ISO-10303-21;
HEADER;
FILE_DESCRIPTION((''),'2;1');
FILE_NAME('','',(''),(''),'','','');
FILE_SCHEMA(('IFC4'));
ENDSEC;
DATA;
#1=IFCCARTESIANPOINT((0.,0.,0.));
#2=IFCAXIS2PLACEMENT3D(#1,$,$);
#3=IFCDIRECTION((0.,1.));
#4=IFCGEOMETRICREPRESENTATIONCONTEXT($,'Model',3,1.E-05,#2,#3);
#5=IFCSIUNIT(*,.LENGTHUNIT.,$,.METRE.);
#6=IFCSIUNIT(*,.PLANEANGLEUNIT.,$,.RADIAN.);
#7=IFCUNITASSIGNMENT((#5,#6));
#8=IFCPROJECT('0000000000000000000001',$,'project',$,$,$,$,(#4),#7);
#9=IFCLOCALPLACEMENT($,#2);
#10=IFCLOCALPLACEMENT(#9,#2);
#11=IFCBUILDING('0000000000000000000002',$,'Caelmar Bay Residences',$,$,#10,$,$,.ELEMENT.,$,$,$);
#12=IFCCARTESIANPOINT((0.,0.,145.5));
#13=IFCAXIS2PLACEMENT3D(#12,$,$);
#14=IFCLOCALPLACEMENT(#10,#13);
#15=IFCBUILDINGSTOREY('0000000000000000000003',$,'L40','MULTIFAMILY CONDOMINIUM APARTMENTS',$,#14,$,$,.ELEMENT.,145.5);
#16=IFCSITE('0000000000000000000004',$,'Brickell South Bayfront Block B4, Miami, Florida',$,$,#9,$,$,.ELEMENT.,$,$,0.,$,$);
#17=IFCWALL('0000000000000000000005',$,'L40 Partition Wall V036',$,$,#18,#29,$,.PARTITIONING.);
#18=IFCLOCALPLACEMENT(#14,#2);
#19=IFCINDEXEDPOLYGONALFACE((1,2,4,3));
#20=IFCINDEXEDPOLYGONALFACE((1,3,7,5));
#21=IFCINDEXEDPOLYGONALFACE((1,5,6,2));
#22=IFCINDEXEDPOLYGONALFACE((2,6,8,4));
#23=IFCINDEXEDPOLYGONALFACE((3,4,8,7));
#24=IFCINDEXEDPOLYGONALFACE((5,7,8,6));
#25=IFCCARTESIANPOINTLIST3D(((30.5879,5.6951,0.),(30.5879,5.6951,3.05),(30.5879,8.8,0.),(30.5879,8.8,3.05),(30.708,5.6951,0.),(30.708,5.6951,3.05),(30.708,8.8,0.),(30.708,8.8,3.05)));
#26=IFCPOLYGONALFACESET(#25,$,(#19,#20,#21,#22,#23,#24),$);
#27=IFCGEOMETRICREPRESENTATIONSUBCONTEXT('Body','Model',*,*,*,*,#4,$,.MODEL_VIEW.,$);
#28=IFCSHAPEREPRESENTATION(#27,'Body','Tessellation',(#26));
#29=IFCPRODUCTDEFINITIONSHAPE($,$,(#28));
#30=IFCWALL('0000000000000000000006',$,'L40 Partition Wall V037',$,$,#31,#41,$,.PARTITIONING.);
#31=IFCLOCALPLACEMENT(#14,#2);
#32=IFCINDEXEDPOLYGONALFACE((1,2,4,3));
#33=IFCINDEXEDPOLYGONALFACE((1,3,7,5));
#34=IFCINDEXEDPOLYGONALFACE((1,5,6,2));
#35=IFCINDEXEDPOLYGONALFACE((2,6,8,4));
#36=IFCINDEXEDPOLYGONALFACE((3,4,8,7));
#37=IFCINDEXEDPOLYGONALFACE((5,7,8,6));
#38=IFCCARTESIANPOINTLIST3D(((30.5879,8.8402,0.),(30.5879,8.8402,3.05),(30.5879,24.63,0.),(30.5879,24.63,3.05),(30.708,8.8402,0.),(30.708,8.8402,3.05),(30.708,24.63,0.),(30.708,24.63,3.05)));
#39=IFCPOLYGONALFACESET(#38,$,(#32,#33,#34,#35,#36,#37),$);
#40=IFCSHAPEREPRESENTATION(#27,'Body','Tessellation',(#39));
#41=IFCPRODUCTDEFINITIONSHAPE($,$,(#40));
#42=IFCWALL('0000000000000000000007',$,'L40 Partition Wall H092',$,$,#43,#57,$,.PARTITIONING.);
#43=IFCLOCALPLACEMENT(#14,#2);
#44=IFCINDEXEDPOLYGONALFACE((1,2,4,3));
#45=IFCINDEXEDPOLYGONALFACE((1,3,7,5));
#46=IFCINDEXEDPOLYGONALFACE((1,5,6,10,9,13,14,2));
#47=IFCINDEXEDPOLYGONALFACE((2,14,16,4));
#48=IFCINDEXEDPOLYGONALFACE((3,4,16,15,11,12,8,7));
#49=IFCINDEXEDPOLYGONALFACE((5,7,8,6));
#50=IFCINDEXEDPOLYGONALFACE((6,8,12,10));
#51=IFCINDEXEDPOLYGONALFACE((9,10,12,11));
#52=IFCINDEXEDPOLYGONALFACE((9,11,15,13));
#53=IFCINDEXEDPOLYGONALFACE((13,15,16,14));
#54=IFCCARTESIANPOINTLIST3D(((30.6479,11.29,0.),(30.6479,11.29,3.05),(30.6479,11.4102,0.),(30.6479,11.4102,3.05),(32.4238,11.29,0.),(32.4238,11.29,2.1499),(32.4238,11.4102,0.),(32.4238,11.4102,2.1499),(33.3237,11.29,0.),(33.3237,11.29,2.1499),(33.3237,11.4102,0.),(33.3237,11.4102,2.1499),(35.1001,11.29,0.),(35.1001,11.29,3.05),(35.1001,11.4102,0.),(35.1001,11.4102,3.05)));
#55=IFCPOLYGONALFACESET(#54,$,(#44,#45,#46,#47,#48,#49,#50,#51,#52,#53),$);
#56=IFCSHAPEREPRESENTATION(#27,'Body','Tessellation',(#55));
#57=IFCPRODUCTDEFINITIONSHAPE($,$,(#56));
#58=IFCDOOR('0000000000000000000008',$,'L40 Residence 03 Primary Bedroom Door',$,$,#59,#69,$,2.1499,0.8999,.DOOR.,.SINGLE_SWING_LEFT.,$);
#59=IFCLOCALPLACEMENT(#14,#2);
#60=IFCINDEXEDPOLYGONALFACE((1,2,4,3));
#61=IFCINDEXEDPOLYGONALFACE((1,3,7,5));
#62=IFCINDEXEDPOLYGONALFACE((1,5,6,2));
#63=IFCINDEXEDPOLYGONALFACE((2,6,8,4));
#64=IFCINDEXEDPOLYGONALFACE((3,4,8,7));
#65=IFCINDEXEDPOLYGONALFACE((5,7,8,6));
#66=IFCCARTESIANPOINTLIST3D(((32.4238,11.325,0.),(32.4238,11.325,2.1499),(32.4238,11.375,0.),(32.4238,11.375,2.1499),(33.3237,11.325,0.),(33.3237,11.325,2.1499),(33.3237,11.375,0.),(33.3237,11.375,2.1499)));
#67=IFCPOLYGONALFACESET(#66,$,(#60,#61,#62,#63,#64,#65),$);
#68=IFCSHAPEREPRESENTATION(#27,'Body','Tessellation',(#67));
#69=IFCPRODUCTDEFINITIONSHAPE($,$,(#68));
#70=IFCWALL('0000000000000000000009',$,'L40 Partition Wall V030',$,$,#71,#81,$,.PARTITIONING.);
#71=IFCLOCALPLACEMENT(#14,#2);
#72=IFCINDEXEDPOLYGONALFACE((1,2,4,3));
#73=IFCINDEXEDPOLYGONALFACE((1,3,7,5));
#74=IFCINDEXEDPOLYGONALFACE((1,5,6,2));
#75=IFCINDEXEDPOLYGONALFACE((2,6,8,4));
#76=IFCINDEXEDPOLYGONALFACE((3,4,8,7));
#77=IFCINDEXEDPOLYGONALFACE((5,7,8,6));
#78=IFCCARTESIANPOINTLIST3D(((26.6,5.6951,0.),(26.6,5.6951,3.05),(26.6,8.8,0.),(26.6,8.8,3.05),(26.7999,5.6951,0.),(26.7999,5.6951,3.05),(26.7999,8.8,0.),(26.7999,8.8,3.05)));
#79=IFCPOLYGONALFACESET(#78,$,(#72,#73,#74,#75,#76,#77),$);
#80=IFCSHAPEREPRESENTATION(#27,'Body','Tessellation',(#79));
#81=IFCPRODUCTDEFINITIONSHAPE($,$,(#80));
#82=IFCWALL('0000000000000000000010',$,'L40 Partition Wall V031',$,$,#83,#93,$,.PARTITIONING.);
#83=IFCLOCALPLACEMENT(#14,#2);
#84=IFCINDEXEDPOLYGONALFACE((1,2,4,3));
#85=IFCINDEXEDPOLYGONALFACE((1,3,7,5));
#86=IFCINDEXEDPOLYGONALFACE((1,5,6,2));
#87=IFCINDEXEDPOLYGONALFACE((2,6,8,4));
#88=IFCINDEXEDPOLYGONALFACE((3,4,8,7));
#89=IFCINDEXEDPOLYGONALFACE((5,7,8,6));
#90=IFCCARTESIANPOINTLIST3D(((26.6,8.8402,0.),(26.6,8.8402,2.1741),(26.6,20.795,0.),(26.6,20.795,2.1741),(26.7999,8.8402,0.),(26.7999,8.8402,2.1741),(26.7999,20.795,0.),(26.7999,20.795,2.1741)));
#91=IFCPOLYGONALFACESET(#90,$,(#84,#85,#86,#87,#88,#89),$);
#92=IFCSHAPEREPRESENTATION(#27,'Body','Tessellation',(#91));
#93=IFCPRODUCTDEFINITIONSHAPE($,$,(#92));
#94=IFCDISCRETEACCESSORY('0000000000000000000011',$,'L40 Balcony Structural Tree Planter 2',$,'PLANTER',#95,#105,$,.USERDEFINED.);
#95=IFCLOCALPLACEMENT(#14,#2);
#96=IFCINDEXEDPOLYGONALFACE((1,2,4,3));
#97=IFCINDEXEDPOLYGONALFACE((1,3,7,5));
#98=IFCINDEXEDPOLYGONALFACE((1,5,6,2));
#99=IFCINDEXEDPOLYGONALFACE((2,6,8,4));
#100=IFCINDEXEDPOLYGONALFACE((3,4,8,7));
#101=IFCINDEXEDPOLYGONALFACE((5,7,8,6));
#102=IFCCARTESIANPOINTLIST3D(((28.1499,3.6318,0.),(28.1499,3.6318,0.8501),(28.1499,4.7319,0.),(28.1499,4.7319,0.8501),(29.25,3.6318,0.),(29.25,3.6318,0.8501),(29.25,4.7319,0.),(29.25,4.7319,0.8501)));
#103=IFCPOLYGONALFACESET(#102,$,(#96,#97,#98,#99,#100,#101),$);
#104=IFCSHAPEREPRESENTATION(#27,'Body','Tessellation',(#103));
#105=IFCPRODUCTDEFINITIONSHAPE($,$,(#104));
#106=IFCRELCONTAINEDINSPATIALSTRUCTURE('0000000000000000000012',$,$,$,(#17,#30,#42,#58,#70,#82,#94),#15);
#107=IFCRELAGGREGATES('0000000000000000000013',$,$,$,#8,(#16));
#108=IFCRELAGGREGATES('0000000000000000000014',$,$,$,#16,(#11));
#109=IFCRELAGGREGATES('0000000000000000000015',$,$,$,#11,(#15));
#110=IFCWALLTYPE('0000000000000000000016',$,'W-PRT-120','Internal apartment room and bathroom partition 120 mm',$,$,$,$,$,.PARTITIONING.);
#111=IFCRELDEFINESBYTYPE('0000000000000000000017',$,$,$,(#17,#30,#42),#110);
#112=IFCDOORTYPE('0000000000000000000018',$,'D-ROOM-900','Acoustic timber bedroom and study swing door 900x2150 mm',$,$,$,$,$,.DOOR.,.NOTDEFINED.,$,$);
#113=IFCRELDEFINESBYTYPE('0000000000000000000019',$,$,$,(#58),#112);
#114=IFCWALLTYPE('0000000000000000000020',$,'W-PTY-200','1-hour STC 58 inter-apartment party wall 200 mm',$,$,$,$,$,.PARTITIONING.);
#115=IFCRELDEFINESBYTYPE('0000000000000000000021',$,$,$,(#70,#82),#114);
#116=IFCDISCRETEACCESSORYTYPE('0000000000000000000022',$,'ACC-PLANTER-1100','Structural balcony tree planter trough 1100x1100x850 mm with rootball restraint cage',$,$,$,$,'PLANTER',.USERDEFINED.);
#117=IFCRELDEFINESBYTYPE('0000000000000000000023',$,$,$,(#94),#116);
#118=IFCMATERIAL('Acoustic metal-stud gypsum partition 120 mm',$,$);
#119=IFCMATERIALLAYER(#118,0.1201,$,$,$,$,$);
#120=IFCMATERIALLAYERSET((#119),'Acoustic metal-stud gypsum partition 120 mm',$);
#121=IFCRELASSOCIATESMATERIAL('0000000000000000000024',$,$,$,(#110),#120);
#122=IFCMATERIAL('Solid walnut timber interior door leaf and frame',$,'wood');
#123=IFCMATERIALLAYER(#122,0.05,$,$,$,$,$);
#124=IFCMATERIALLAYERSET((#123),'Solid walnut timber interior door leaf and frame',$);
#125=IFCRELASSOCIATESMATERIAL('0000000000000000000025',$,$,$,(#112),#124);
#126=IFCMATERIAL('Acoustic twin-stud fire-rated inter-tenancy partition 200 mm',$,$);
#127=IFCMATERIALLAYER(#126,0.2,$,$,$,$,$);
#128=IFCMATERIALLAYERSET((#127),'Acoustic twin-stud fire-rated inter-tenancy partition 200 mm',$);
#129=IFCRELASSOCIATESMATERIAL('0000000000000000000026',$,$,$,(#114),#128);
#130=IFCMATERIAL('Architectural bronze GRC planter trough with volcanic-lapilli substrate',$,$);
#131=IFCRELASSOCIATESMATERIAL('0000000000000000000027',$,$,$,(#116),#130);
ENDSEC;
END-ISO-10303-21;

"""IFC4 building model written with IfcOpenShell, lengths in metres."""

from ifc_helpers import new_model, si_unit, direction, frame, frame_2d, origin, origin_2d, place, context, subcontext, project, spatial, rectangle, extrude, material, layer, layer_set, type_object, element, fill, save


model = new_model("IFC4")

# Units and contexts
model_context = context("Model", 3, precision=1e-05, world=origin(), true_north=direction((0.0, 1.0)))
body_context = subcontext(model_context, "Body", "Model", "MODEL_VIEW")
ifc_project = project(units=[si_unit("LENGTHUNIT", "METRE"), si_unit("PLANEANGLEUNIT", "RADIAN")], contexts=[model_context])

# Site, building, storey
site_placement = place(None, origin())
site = spatial("IfcSite", under=ifc_project, at=site_placement, Name="Brickell South Bayfront Block B4, Miami, Florida", CompositionType="ELEMENT", RefElevation=0.0)
building_placement = place(site_placement, origin())
building = spatial("IfcBuilding", under=site, at=building_placement, Name="Caelmar Bay Residences", CompositionType="ELEMENT")
storey_placement = place(building_placement, frame((0.0, 0.0, 145.5)))
storey = spatial("IfcBuildingStorey", under=building, at=storey_placement, Name="L40", Description="MULTIFAMILY CONDOMINIUM APARTMENTS", CompositionType="ELEMENT", Elevation=145.5)

# Walls
ifc_material_1 = material(Name="Acoustic metal-stud gypsum partition 120 mm")
ifc_layer_1 = layer(ifc_material_1, 0.1201)
ifc_layer_set_1 = layer_set([ifc_layer_1], Name="Acoustic metal-stud gypsum partition 120 mm")
wall_type_1 = type_object("IfcWallType", Name="W-PRT-120", Description="Internal apartment room and bathroom partition 120 mm", PredefinedType="PARTITIONING", material=ifc_layer_set_1)
wall_1_placement = place(storey_placement, frame((30.6479, 5.6951, 0.0), z_axis=(0.0, 0.0, 1.0), x_axis=(0.0, 1.0, 0.0)))
element("IfcWall", 1, at=wall_1_placement, inside=storey, type_object=wall_type_1, Name="L40 Partition Wall V036", PredefinedType="PARTITIONING", context=body_context, shape_type="SweptSolid", body=[
    extrude(rectangle(XDim=3.105, YDim=0.1201, at=frame_2d((1.5525, 0.0))), origin(), (0.0, 0.0, 1.0), 3.05),
])
wall_2_placement = place(storey_placement, frame((30.6479, 8.8401, 0.0), z_axis=(0.0, 0.0, 1.0), x_axis=(0.0, 1.0, 0.0)))
element("IfcWall", 2, at=wall_2_placement, inside=storey, type_object=wall_type_1, Name="L40 Partition Wall V037", PredefinedType="PARTITIONING", context=body_context, shape_type="SweptSolid", body=[
    extrude(rectangle(XDim=15.7898, YDim=0.1201, at=frame_2d((7.895, 0.0))), origin(), (0.0, 0.0, 1.0), 3.05),
])

# Wall, opening, door
ifc_material_2 = material(Name="Solid walnut timber interior door leaf and frame", Category="wood")
ifc_layer_2 = layer(ifc_material_2, 0.05)
ifc_layer_set_2 = layer_set([ifc_layer_2], Name="Solid walnut timber interior door leaf and frame")
door_type = type_object("IfcDoorType", Name="D-ROOM-900", Description="Acoustic timber bedroom and study swing door 900x2150 mm", OperationType="NOTDEFINED", PredefinedType="DOOR", material=ifc_layer_set_2)
wall_3_placement = place(storey_placement, frame((30.6479, 11.3501, 0.0), z_axis=(0.0, 0.0, 1.0), x_axis=(1.0, 0.0, 0.0)))
wall_3 = element("IfcWall", 3, at=wall_3_placement, inside=storey, type_object=wall_type_1, Name="L40 Partition Wall H092", PredefinedType="PARTITIONING", context=body_context, shape_type="SweptSolid", body=[
    extrude(rectangle(XDim=4.4521, YDim=0.1201, at=frame_2d((2.2261, 0.0))), origin(), (0.0, 0.0, 1.0), 3.05),
])
opening_1_placement = place(wall_3_placement, frame((1.7759, 0.0, 0.0)))
opening_1 = element("IfcOpeningElement", 4, at=opening_1_placement, cuts=wall_3, PredefinedType="OPENING", context=body_context, shape_type="SweptSolid", body=[
    extrude(rectangle(XDim=0.8999, YDim=2.1499, at=frame_2d((0.45, 1.075))), frame((0.0, 0.0701, 0.0), z_axis=(0.0, -1.0, 0.0), x_axis=(1.0, 0.0, 0.0)), (0.0, 0.0, 1.0), 0.1401),
])
door_1_placement = place(opening_1_placement, origin())
door_1 = element("IfcDoor", 5, at=door_1_placement, inside=storey, type_object=door_type, Name="L40 Residence 03 Primary Bedroom Door", OperationType="SINGLE_SWING_LEFT", OverallHeight=2.1499, OverallWidth=0.8999, PredefinedType="DOOR", context=body_context, shape_type="SweptSolid", body=[
    extrude(rectangle(XDim=0.8999, YDim=2.1499, at=frame_2d((0.45, 1.075))), frame((0.0, 0.0249, 0.0), z_axis=(0.0, -1.0, 0.0), x_axis=(1.0, 0.0, 0.0)), (0.0, 0.0, 1.0), 0.05),
])
fill(opening_1, door_1)

# Walls
ifc_material_3 = material(Name="Acoustic twin-stud fire-rated inter-tenancy partition 200 mm")
ifc_layer_3 = layer(ifc_material_3, 0.2)
ifc_layer_set_3 = layer_set([ifc_layer_3], Name="Acoustic twin-stud fire-rated inter-tenancy partition 200 mm")
wall_type_2 = type_object("IfcWallType", Name="W-PTY-200", Description="1-hour STC 58 inter-apartment party wall 200 mm", PredefinedType="PARTITIONING", material=ifc_layer_set_3)
wall_4_placement = place(storey_placement, frame((26.7, 5.6951, 0.0), z_axis=(0.0, 0.0, 1.0), x_axis=(0.0, 1.0, 0.0)))
element("IfcWall", 6, at=wall_4_placement, inside=storey, type_object=wall_type_2, Name="L40 Partition Wall V030", PredefinedType="PARTITIONING", context=body_context, shape_type="SweptSolid", body=[
    extrude(rectangle(XDim=3.105, YDim=0.2, at=frame_2d((1.5525, 0.0))), origin(), (0.0, 0.0, 1.0), 3.05),
])
wall_5_placement = place(storey_placement, frame((26.7, 8.8401, 0.0), z_axis=(0.0, 0.0, 1.0), x_axis=(0.0, 1.0, 0.0)))
element("IfcWall", 7, at=wall_5_placement, inside=storey, type_object=wall_type_2, Name="L40 Partition Wall V031", PredefinedType="PARTITIONING", context=body_context, shape_type="SweptSolid", body=[
    extrude(rectangle(XDim=11.9548, YDim=0.2, at=frame_2d((5.9775, 0.0))), origin(), (0.0, 0.0, 1.0), 2.1741),
])

# Discrete accessory
ifc_material_4 = material(Name="Architectural bronze GRC planter trough with volcanic-lapilli substrate")
discrete_accessory_type = type_object("IfcDiscreteAccessoryType", Name="ACC-PLANTER-1100", Description="Structural balcony tree planter trough 1100x1100x850 mm with rootball restraint cage", ElementType="PLANTER", PredefinedType="USERDEFINED", material=ifc_material_4)
discrete_accessory_placement = place(storey_placement, frame((28.7, 4.1819, 0.0), z_axis=(0.0, 0.0, 1.0), x_axis=(1.0, 0.0, 0.0)))
element("IfcDiscreteAccessory", 8, at=discrete_accessory_placement, inside=storey, type_object=discrete_accessory_type, Name="L40 Balcony Structural Tree Planter 2", ObjectType="PLANTER", PredefinedType="USERDEFINED", context=body_context, shape_type="SweptSolid", body=[
    extrude(rectangle(XDim=1.1001, YDim=1.1001, at=origin_2d()), origin(), (0.0, 0.0, 1.0), 0.8501),
])

save(model, "model.ifc")
